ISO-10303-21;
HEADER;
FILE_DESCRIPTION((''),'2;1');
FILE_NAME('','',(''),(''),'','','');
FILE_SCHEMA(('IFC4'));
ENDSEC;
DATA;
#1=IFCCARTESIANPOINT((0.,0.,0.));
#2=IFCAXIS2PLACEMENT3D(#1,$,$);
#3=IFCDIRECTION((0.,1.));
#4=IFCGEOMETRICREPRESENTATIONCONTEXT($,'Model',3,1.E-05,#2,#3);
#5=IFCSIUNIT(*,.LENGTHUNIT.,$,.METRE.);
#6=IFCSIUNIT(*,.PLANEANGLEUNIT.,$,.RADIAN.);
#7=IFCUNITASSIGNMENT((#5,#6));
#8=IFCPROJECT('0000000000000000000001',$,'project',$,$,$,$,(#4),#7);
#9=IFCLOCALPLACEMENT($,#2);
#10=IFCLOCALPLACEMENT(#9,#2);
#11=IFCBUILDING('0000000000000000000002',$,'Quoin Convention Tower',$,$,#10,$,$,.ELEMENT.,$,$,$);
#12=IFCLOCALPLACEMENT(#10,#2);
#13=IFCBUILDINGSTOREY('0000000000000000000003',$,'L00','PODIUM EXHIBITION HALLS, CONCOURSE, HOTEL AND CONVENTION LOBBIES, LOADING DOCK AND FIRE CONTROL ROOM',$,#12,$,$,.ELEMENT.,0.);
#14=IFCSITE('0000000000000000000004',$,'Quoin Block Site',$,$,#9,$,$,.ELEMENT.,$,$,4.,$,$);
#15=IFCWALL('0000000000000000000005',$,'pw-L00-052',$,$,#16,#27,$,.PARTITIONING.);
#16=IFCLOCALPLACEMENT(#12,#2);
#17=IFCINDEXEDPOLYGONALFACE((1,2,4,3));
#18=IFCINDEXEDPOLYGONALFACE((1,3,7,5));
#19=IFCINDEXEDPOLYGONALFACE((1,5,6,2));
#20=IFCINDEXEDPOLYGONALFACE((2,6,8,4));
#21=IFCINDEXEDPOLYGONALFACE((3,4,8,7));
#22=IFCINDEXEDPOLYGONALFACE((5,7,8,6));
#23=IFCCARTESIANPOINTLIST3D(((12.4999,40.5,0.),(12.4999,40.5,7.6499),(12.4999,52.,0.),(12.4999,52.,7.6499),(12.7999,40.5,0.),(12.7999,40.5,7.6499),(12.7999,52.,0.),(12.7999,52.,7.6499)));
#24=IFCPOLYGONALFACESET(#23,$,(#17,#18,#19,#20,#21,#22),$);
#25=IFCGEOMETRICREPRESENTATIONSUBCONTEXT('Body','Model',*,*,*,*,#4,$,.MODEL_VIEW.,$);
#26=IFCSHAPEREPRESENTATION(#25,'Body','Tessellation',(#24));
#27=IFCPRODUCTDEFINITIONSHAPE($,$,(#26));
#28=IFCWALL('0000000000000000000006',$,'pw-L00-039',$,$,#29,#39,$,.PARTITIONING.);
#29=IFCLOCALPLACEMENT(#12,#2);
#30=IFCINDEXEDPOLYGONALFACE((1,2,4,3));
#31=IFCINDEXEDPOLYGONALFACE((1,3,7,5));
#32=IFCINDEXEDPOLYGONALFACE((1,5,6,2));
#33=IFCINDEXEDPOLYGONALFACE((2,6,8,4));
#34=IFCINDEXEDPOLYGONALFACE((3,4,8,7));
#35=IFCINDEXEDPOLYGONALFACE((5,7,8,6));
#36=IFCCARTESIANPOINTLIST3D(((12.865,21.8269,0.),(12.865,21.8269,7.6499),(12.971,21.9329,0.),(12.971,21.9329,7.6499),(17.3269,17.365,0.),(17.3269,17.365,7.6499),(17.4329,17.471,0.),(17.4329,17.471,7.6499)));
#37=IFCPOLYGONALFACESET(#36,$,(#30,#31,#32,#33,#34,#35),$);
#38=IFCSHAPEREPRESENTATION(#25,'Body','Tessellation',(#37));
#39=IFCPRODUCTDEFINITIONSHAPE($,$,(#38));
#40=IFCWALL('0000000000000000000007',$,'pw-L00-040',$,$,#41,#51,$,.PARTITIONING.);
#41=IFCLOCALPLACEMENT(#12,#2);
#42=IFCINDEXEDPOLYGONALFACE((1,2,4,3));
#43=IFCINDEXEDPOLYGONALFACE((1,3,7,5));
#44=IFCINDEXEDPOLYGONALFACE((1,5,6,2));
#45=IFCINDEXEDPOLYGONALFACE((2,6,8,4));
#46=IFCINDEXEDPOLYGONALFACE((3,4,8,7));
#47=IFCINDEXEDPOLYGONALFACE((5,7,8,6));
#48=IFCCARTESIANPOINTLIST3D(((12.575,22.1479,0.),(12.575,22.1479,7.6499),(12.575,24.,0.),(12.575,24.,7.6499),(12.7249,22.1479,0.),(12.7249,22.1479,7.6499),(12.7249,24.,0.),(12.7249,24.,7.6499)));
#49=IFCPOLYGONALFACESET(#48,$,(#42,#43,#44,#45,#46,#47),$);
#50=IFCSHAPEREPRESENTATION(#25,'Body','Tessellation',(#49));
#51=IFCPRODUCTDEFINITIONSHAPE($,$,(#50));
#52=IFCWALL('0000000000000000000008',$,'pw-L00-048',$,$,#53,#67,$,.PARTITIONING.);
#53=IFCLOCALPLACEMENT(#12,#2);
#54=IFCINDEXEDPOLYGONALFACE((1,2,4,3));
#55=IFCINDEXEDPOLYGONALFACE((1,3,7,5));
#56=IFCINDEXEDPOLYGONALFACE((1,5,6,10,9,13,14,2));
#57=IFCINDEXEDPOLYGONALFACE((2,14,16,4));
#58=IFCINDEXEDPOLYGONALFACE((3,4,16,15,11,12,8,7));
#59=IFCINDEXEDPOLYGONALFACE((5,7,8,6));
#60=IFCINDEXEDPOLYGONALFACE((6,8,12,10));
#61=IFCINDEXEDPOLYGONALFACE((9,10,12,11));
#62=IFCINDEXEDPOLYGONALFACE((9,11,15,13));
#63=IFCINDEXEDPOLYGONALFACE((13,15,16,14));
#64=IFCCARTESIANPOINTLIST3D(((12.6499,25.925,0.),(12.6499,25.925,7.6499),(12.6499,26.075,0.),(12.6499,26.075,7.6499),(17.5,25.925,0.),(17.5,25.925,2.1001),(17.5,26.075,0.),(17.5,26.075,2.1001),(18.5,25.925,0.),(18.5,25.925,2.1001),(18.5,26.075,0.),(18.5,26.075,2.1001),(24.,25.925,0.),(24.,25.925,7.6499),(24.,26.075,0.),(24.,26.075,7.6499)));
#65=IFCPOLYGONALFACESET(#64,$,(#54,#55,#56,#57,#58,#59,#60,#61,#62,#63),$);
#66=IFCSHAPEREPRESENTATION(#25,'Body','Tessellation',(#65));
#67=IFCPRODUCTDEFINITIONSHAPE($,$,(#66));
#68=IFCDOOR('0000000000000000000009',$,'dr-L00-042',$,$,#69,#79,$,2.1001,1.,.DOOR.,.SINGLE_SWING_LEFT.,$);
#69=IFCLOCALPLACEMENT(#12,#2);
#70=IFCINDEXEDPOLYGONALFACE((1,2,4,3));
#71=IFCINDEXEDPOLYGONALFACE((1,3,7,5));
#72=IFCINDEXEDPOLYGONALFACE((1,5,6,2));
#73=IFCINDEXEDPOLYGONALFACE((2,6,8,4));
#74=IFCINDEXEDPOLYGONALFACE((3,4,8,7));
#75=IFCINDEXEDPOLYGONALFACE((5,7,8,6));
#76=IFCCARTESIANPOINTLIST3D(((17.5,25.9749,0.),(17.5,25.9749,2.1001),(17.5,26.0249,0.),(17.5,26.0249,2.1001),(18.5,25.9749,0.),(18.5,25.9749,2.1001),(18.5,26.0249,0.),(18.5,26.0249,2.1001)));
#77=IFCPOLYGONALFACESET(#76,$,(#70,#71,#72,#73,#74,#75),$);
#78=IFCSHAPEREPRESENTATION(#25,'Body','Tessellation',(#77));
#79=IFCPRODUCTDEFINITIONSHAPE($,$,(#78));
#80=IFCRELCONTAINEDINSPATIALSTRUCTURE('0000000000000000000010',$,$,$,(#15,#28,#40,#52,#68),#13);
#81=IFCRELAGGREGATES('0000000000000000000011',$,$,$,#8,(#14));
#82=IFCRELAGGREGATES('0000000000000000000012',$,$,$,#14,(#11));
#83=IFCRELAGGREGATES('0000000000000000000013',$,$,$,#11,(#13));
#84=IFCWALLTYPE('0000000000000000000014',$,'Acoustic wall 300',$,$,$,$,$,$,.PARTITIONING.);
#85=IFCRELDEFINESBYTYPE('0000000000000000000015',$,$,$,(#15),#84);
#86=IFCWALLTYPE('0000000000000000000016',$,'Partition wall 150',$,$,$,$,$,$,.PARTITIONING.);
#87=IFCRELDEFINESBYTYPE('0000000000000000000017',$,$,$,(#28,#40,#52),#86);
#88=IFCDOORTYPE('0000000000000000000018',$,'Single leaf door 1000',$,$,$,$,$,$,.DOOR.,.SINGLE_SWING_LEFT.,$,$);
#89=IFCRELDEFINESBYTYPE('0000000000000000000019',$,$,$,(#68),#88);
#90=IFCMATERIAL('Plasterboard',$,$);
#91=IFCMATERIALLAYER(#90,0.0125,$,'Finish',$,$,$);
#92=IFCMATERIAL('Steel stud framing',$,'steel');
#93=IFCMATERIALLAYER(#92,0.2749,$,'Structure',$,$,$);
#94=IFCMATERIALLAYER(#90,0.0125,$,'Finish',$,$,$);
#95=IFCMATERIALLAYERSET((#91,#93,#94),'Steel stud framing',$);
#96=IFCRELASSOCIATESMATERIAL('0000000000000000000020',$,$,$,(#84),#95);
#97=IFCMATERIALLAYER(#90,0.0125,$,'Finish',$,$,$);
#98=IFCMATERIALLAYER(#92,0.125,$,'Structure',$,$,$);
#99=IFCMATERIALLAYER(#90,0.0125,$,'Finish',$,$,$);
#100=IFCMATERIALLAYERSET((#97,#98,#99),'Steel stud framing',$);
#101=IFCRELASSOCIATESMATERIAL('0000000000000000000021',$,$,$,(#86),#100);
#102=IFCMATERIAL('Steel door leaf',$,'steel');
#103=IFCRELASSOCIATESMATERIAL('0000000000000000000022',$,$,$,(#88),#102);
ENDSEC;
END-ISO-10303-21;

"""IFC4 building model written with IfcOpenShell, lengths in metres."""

from ifc_helpers import new_model, si_unit, direction, frame, frame_2d, origin, place, context, subcontext, project, spatial, rectangle, extrude, material, layer, layer_set, type_object, element, fill, save


model = new_model("IFC4")

# Units and contexts
model_context = context("Model", 3, precision=1e-05, world=origin(), true_north=direction((0.0, 1.0)))
body_context = subcontext(model_context, "Body", "Model", "MODEL_VIEW")
ifc_project = project(units=[si_unit("LENGTHUNIT", "METRE"), si_unit("PLANEANGLEUNIT", "RADIAN")], contexts=[model_context])

# Site, building, storey
site_placement = place(None, origin())
site = spatial("IfcSite", under=ifc_project, at=site_placement, Name="Quoin Block Site", CompositionType="ELEMENT", RefElevation=4.0)
building_placement = place(site_placement, origin())
building = spatial("IfcBuilding", under=site, at=building_placement, Name="Quoin Convention Tower", CompositionType="ELEMENT")
storey_placement = place(building_placement, origin())
storey = spatial("IfcBuildingStorey", under=building, at=storey_placement, Name="L00", Description="PODIUM EXHIBITION HALLS, CONCOURSE, HOTEL AND CONVENTION LOBBIES, LOADING DOCK AND FIRE CONTROL ROOM", CompositionType="ELEMENT", Elevation=0.0)

# Walls
ifc_material_1 = material(Name="Plasterboard")
ifc_layer_1 = layer(ifc_material_1, 0.0125, Name="Finish")
ifc_material_2 = material(Name="Steel stud framing", Category="steel")
ifc_layer_2 = layer(ifc_material_2, 0.2749, Name="Structure")
ifc_layer_3 = layer(ifc_material_1, 0.0125, Name="Finish")
ifc_layer_set_1 = layer_set([ifc_layer_1, ifc_layer_2, ifc_layer_3], Name="Steel stud framing")
wall_type_1 = type_object("IfcWallType", Name="Acoustic wall 300", PredefinedType="PARTITIONING", material=ifc_layer_set_1)
wall_1_placement = place(storey_placement, frame((12.6499, 40.5, 0.0), z_axis=(0.0, 0.0, 1.0), x_axis=(0.0, 1.0, 0.0)))
element("IfcWall", 1, at=wall_1_placement, inside=storey, type_object=wall_type_1, Name="pw-L00-052", PredefinedType="PARTITIONING", context=body_context, shape_type="SweptSolid", body=[
    extrude(rectangle(XDim=11.5, YDim=0.3, at=frame_2d((5.75, 0.0))), origin(), (0.0, 0.0, 1.0), 7.6499),
])
ifc_layer_4 = layer(ifc_material_1, 0.0125, Name="Finish")
ifc_layer_5 = layer(ifc_material_2, 0.125, Name="Structure")
ifc_layer_6 = layer(ifc_material_1, 0.0125, Name="Finish")
ifc_layer_set_2 = layer_set([ifc_layer_4, ifc_layer_5, ifc_layer_6], Name="Steel stud framing")
wall_type_2 = type_object("IfcWallType", Name="Partition wall 150", PredefinedType="PARTITIONING", material=ifc_layer_set_2)
wall_2_placement = place(storey_placement, frame((12.918, 21.8799, 0.0), z_axis=(0.0, 0.0, 1.0), x_axis=(0.707107, -0.707107, 0.0)))
element("IfcWall", 2, at=wall_2_placement, inside=storey, type_object=wall_type_2, Name="pw-L00-039", PredefinedType="PARTITIONING", context=body_context, shape_type="SweptSolid", body=[
    extrude(rectangle(XDim=6.3101, YDim=0.1499, at=frame_2d((3.155, 0.0))), origin(), (0.0, 0.0, 1.0), 7.6499),
])
wall_3_placement = place(storey_placement, frame((12.6499, 22.1479, 0.0), z_axis=(0.0, 0.0, 1.0), x_axis=(0.0, 1.0, 0.0)))
element("IfcWall", 3, at=wall_3_placement, inside=storey, type_object=wall_type_2, Name="pw-L00-040", PredefinedType="PARTITIONING", context=body_context, shape_type="SweptSolid", body=[
    extrude(rectangle(XDim=1.8521, YDim=0.1499, at=frame_2d((0.926, 0.0))), origin(), (0.0, 0.0, 1.0), 7.6499),
])

# Wall, opening, door
wall_4_placement = place(storey_placement, frame((12.6499, 26.0, 0.0), z_axis=(0.0, 0.0, 1.0), x_axis=(1.0, 0.0, 0.0)))
wall_4 = element("IfcWall", 4, at=wall_4_placement, inside=storey, type_object=wall_type_2, Name="pw-L00-048", PredefinedType="PARTITIONING", context=body_context, shape_type="SweptSolid", body=[
    extrude(rectangle(XDim=11.3501, YDim=0.1499, at=frame_2d((5.675, 0.0))), origin(), (0.0, 0.0, 1.0), 7.6499),
])
opening_placement = place(wall_4_placement, frame((4.8501, 0.0, 0.0)))
opening = element("IfcOpeningElement", 5, at=opening_placement, cuts=wall_4, PredefinedType="OPENING", context=body_context, shape_type="SweptSolid", body=[
    extrude(rectangle(XDim=1.0, YDim=2.1001, at=frame_2d((0.5, 1.05))), frame((0.0, 0.085, 0.0), z_axis=(0.0, -1.0, 0.0), x_axis=(1.0, 0.0, 0.0)), (0.0, 0.0, 1.0), 0.1699),
])
ifc_material_3 = material(Name="Steel door leaf", Category="steel")
door_type = type_object("IfcDoorType", Name="Single leaf door 1000", OperationType="SINGLE_SWING_LEFT", PredefinedType="DOOR", material=ifc_material_3)
door_placement = place(opening_placement, origin())
door = element("IfcDoor", 6, at=door_placement, inside=storey, type_object=door_type, Name="dr-L00-042", OperationType="SINGLE_SWING_LEFT", OverallHeight=2.1001, OverallWidth=1.0, PredefinedType="DOOR", context=body_context, shape_type="SweptSolid", body=[
    extrude(rectangle(XDim=1.0, YDim=2.1001, at=frame_2d((0.5, 1.05))), frame((0.0, 0.0249, 0.0), z_axis=(0.0, -1.0, 0.0), x_axis=(1.0, 0.0, 0.0)), (0.0, 0.0, 1.0), 0.05),
])
fill(opening, door)

save(model, "model.ifc")
